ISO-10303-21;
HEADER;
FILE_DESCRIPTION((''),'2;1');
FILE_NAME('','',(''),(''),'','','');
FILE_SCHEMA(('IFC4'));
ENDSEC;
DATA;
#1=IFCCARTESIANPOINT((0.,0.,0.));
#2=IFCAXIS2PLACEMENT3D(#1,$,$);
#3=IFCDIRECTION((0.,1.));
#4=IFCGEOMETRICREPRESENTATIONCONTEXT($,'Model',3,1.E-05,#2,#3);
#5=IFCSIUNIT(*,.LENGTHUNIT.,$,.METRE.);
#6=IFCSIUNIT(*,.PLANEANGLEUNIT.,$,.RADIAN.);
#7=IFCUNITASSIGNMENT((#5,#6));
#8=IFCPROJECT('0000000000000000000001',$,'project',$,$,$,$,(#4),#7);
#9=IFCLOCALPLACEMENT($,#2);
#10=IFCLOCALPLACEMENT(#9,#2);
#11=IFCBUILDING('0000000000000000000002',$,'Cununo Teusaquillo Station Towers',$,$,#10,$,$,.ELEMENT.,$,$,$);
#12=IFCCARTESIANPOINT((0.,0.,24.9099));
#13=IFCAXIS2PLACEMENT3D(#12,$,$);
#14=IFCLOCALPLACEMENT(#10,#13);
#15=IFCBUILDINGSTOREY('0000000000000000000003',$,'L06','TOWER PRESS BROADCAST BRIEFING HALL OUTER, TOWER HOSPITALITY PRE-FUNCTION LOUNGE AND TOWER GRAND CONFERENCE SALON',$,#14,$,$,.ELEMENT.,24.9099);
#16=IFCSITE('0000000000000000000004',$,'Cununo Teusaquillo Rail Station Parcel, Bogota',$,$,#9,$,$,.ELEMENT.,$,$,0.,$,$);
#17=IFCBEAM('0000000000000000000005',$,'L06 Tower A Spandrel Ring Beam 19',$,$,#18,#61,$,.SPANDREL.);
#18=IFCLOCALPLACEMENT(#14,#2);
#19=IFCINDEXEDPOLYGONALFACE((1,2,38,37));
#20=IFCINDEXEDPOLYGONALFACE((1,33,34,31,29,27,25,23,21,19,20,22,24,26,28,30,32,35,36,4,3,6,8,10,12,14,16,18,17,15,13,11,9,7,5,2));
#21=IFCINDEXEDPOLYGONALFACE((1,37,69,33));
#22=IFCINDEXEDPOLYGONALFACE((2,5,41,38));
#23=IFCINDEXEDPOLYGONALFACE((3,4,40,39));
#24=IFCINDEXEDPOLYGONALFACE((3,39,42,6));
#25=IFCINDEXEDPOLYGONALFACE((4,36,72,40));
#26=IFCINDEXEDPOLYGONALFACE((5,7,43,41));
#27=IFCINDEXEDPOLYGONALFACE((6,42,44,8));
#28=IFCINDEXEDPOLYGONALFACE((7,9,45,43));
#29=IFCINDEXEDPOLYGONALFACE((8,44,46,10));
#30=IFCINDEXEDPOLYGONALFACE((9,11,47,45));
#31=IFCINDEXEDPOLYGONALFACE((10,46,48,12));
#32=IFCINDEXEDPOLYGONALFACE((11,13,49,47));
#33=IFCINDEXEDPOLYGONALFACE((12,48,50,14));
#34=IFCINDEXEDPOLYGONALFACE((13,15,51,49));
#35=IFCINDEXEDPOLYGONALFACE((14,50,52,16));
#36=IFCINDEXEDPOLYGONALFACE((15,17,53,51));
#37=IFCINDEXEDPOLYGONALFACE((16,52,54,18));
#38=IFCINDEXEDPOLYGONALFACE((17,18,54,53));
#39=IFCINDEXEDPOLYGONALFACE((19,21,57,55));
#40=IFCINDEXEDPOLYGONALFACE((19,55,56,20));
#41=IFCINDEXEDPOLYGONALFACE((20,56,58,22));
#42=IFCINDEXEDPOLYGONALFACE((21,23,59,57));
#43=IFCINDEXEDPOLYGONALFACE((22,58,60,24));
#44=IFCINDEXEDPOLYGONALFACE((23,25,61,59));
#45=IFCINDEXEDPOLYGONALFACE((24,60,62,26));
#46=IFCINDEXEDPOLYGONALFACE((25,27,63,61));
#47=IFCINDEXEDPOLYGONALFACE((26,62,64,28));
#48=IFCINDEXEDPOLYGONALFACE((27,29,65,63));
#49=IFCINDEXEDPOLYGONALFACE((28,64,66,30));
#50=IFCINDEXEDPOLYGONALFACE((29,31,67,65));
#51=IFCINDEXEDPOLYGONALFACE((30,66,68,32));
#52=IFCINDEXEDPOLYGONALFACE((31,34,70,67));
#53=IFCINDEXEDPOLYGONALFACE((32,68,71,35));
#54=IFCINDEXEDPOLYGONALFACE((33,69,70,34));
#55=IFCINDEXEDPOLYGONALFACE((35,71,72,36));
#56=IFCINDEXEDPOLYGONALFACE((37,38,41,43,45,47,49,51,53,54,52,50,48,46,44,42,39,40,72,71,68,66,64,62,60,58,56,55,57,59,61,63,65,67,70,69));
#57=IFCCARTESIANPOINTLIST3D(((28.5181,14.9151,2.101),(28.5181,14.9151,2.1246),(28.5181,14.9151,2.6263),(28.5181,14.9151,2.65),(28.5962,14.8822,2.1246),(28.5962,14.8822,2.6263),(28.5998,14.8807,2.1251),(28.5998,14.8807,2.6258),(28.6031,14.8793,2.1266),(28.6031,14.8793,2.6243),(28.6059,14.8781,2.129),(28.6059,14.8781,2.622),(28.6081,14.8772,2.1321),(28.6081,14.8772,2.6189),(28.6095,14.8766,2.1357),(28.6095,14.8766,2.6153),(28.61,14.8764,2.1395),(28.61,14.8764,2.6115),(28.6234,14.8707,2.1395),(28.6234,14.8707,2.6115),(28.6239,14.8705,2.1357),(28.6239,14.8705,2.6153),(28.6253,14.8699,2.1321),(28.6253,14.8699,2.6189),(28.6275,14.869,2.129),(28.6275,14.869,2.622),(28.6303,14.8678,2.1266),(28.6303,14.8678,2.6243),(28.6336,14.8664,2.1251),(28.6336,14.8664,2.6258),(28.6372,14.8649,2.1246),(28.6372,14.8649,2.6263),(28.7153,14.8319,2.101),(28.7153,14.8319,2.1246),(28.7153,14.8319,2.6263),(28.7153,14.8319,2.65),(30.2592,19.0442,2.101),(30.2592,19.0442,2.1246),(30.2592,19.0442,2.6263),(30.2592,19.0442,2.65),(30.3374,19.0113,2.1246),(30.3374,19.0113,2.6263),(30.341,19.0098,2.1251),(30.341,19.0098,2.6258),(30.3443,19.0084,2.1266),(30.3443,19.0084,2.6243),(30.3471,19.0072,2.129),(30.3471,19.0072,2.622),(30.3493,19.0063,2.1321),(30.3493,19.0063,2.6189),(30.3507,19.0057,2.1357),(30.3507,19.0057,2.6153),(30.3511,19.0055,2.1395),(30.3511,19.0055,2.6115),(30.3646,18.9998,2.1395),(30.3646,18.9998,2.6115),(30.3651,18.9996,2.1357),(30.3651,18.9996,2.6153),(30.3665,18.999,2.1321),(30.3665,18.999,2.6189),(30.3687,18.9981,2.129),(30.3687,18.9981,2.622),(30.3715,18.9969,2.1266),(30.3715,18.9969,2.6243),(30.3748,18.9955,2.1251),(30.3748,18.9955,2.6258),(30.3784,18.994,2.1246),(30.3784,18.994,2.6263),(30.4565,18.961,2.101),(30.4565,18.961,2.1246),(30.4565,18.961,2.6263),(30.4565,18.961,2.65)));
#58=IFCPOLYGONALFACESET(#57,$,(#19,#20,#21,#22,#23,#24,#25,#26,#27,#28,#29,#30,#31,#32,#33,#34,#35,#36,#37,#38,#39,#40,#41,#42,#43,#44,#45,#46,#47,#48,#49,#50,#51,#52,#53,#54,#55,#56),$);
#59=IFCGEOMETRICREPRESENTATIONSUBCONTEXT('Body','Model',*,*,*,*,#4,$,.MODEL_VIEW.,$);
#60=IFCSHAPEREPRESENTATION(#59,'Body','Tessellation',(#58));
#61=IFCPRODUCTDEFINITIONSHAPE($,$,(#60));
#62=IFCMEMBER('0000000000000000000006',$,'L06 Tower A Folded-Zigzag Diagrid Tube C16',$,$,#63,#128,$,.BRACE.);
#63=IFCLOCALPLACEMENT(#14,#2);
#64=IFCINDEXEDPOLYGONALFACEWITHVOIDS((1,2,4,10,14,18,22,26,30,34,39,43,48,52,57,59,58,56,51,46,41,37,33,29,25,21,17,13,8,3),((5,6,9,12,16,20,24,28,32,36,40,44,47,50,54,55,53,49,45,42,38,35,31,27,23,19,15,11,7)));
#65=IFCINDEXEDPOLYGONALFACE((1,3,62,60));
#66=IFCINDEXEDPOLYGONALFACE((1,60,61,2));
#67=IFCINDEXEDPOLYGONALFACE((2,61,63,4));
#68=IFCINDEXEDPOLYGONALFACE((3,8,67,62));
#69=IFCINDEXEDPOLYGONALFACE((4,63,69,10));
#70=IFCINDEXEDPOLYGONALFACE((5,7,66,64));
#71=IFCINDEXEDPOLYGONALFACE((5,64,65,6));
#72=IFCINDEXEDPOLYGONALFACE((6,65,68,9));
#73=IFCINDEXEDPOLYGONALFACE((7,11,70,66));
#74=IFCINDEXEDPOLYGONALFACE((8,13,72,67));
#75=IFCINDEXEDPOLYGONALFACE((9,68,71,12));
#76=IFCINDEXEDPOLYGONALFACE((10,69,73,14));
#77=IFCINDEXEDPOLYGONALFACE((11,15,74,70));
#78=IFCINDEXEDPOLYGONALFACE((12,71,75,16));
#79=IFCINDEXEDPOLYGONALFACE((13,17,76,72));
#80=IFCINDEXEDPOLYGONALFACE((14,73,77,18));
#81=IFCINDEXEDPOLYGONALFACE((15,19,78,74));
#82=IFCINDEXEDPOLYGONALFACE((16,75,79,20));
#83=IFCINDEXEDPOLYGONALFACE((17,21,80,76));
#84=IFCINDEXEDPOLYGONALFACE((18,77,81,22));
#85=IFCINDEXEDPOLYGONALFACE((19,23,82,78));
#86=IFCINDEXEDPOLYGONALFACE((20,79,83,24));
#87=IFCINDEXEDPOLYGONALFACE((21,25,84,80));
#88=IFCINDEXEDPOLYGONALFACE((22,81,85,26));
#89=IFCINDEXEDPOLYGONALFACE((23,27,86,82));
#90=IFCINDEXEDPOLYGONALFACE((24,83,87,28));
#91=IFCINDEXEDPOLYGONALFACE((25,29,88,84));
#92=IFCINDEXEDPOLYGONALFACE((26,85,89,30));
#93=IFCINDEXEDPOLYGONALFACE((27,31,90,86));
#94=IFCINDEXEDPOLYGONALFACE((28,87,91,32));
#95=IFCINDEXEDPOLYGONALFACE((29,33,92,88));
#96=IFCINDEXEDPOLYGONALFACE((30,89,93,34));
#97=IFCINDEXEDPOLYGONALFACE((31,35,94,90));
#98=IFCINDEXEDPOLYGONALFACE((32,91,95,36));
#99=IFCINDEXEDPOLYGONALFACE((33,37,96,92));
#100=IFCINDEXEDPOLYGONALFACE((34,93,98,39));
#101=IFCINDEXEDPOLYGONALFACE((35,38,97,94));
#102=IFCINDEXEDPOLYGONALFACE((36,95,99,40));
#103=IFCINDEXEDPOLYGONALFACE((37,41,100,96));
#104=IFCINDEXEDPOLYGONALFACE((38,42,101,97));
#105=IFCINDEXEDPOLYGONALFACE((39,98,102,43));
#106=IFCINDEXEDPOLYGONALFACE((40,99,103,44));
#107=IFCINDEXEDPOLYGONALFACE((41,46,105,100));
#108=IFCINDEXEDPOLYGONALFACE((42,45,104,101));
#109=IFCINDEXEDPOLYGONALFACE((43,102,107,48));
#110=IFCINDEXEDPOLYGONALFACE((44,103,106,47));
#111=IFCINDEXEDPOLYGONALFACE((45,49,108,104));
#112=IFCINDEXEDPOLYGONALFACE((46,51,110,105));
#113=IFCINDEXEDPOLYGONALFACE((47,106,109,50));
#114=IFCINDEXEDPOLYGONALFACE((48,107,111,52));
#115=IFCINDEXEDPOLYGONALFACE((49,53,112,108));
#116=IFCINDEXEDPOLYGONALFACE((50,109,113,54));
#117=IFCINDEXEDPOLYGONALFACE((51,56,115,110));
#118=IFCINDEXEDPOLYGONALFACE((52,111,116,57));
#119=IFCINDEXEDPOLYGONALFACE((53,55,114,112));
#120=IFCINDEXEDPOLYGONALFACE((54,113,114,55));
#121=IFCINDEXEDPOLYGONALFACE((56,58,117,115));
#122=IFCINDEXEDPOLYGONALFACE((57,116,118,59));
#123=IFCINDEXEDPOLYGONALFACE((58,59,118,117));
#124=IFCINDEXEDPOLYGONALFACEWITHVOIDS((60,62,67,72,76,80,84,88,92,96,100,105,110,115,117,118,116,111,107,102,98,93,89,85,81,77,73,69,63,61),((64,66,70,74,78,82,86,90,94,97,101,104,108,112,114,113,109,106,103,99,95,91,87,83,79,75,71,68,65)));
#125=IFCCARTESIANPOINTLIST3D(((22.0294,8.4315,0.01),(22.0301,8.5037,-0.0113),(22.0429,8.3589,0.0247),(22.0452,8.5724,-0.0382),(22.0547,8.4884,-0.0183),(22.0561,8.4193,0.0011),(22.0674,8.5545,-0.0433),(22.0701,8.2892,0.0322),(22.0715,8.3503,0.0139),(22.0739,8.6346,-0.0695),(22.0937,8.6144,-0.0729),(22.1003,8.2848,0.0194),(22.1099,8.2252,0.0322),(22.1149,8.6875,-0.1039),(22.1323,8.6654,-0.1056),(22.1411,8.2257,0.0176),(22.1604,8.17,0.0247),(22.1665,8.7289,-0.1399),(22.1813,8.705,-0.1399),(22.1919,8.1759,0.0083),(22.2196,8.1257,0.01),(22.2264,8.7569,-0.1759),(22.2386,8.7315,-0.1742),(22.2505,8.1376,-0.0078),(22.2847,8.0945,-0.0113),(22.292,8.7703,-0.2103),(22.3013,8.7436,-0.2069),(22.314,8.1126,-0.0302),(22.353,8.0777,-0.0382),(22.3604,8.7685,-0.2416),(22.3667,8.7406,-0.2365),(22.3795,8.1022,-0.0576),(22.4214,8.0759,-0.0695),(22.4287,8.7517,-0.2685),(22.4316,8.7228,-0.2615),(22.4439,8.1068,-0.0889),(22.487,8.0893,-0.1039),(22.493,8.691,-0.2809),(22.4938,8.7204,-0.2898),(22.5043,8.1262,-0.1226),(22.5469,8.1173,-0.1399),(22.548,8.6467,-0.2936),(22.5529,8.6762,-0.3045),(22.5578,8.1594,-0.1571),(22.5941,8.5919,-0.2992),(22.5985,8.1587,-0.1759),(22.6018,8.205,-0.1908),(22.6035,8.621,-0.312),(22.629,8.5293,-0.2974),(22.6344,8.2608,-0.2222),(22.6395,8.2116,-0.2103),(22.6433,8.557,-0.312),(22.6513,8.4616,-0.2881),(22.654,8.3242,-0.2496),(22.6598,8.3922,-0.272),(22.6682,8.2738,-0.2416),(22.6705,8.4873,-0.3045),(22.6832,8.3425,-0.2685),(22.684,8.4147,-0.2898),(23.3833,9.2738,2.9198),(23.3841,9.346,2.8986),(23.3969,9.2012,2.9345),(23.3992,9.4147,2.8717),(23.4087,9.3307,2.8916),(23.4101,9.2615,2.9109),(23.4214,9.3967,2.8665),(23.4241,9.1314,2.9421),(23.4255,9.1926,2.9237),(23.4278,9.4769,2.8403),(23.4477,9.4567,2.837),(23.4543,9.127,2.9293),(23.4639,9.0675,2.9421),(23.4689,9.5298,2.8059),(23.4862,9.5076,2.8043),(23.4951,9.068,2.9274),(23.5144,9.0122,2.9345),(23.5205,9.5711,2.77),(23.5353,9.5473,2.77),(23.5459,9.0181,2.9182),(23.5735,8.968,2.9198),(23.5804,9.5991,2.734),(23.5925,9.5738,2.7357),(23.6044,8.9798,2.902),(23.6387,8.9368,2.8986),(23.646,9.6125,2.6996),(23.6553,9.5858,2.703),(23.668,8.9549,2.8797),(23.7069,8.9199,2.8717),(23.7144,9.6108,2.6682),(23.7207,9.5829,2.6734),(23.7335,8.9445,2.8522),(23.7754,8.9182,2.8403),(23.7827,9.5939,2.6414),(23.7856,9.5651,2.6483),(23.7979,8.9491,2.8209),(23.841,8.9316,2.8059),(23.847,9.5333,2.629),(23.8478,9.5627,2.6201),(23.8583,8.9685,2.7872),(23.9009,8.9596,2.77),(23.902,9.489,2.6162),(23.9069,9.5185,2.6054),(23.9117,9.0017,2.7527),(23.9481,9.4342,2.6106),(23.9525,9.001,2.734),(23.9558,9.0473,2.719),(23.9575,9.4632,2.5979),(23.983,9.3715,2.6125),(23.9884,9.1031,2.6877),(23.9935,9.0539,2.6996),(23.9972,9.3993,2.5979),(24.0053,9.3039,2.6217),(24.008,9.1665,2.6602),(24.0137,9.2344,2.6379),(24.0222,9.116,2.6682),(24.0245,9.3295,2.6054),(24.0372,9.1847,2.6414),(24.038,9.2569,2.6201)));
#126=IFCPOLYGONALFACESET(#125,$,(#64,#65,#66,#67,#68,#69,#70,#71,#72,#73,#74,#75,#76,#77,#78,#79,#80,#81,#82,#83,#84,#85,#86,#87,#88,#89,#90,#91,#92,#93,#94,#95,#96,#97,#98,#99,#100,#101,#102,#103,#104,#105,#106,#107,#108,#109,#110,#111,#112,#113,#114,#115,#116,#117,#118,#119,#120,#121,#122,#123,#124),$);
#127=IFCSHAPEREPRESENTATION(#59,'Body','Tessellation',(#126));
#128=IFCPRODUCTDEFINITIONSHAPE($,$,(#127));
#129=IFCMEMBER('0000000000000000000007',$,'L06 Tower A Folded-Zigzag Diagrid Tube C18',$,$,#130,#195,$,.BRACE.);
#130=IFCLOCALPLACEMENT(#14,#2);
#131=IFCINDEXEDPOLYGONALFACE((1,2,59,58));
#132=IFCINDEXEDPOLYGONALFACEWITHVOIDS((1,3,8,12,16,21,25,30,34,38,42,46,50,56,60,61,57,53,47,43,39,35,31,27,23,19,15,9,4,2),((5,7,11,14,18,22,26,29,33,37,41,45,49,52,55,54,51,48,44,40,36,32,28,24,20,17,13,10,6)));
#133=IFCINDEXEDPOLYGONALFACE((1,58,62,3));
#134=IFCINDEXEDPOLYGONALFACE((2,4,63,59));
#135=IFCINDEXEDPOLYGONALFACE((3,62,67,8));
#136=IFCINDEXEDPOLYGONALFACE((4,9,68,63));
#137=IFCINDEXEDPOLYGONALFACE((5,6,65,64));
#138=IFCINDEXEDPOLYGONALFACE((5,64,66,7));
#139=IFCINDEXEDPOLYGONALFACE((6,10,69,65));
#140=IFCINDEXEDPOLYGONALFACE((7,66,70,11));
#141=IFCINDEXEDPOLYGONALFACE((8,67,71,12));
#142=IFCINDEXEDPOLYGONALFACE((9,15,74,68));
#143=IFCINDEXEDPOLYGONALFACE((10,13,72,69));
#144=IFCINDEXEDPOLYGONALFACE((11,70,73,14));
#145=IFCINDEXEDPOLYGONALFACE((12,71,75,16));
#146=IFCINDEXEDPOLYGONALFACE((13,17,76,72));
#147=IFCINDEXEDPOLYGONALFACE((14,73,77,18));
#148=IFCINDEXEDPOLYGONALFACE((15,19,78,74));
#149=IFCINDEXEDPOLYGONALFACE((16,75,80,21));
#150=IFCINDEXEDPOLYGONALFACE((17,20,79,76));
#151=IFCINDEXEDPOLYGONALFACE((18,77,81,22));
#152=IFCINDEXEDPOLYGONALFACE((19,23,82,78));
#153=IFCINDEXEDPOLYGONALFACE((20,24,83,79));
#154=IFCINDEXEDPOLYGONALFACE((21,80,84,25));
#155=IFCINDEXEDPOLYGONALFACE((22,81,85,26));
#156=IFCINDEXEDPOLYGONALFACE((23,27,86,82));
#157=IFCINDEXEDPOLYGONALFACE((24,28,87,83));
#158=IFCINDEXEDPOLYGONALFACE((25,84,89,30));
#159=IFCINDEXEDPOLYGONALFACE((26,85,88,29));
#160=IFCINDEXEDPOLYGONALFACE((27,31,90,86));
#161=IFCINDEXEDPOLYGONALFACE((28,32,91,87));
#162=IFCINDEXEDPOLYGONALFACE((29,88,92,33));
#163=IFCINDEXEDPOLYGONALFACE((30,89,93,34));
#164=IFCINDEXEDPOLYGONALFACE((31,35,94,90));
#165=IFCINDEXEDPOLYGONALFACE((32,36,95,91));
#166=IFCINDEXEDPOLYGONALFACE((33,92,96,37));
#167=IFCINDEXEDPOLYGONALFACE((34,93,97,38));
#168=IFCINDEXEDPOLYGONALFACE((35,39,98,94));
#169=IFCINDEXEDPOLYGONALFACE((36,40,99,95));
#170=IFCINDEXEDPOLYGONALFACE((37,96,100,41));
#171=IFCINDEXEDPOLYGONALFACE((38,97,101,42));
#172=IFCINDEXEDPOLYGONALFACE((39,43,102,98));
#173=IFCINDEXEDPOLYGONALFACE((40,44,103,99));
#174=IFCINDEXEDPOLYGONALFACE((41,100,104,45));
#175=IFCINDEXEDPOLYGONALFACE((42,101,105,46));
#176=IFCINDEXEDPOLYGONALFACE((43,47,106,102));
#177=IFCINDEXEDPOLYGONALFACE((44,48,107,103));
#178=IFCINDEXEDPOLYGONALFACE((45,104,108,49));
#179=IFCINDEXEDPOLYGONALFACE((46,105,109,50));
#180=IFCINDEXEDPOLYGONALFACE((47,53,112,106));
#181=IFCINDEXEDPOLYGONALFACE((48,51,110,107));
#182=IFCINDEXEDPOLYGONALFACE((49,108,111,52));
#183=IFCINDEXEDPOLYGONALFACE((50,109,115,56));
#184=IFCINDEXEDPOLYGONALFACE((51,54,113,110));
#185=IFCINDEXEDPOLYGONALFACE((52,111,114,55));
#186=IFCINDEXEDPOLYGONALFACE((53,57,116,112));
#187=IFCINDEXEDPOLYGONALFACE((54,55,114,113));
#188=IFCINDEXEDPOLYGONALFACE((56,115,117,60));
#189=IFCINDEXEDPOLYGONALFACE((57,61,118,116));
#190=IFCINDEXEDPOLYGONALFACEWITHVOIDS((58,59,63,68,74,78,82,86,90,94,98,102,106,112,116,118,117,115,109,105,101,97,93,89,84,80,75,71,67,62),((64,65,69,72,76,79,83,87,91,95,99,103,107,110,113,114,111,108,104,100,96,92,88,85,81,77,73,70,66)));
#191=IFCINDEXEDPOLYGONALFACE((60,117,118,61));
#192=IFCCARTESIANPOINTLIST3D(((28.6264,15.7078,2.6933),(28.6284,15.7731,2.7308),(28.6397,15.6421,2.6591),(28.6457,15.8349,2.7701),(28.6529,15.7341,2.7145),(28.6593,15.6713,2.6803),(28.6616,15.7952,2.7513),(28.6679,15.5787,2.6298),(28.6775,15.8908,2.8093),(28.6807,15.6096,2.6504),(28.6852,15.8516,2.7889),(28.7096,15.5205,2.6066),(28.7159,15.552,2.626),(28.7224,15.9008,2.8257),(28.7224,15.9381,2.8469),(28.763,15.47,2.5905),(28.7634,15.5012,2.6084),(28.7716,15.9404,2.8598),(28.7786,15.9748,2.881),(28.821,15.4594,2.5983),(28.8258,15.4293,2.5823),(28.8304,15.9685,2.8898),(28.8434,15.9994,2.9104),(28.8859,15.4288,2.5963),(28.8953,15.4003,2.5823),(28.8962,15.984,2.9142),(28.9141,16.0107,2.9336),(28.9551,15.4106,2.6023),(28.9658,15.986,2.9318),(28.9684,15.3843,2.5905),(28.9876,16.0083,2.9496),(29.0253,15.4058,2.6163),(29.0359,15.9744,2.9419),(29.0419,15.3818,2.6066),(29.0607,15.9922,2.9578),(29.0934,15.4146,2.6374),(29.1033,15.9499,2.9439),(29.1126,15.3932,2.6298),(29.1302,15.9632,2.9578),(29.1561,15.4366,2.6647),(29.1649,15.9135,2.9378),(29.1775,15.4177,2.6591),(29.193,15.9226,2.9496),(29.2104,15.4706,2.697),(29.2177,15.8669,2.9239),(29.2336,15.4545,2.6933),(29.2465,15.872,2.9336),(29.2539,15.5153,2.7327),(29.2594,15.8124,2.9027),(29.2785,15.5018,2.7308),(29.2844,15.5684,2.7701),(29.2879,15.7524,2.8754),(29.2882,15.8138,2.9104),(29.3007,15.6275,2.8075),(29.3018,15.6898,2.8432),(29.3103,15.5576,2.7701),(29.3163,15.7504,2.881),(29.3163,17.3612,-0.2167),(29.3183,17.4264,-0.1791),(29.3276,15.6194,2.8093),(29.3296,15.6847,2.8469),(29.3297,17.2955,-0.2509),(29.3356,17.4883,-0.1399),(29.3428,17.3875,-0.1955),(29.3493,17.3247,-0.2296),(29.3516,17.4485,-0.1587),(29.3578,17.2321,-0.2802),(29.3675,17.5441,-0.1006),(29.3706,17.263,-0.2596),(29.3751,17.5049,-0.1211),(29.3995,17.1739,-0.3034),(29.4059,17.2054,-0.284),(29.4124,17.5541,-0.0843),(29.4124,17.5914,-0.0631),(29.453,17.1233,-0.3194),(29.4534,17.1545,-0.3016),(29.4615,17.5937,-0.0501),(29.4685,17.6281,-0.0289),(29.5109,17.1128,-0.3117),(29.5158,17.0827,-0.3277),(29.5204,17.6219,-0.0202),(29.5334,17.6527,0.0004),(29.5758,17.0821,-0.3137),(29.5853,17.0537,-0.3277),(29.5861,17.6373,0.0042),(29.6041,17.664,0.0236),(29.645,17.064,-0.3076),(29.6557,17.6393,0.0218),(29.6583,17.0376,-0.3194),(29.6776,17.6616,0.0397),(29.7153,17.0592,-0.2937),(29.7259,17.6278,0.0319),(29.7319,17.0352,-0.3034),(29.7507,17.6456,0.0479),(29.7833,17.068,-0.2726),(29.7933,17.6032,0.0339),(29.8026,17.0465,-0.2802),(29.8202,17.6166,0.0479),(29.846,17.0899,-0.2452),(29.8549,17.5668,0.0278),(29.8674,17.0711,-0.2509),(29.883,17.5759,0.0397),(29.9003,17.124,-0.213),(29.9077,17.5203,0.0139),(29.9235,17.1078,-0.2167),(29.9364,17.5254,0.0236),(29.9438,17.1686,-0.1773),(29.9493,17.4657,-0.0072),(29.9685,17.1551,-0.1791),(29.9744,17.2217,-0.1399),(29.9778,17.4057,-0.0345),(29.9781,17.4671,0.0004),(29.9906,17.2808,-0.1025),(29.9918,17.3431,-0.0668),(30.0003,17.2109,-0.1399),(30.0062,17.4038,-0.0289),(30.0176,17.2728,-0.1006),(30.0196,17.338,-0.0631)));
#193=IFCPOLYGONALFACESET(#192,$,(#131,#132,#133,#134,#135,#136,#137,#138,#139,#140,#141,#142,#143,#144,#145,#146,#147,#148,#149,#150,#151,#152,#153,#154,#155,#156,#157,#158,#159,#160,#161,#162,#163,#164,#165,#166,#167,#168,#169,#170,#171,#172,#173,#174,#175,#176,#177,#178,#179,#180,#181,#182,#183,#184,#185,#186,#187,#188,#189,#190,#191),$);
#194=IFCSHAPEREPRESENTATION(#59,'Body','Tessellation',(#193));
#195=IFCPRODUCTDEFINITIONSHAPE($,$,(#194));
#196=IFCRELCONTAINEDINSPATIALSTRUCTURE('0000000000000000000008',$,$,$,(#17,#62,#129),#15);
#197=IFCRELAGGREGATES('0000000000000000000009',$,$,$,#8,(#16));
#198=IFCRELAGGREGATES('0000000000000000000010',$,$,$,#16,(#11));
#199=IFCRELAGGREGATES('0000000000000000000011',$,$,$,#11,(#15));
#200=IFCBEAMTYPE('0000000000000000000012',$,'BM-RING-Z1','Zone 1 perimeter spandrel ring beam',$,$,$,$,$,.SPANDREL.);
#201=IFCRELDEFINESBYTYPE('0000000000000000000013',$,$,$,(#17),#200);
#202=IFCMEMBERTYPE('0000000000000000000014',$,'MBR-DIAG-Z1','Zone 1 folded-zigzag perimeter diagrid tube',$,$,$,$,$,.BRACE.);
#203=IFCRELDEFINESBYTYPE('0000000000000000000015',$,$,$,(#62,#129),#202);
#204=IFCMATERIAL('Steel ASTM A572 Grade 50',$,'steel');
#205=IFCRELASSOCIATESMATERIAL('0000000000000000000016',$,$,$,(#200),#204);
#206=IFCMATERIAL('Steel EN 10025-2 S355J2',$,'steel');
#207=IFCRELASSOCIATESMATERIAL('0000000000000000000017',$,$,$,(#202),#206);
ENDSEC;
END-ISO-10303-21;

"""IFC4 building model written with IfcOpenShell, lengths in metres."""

from ifc_helpers import new_model, si_unit, direction, frame, origin, origin_2d, place, context, subcontext, project, spatial, hollow_circle, i_section, extrude, material, material_profile, profile_set, type_object, element, save


model = new_model("IFC4")

# Units and contexts
model_context = context("Model", 3, precision=1e-05, world=origin(), true_north=direction((0.0, 1.0)))
body_context = subcontext(model_context, "Body", "Model", "MODEL_VIEW")
ifc_project = project(units=[si_unit("LENGTHUNIT", "METRE"), si_unit("PLANEANGLEUNIT", "RADIAN")], contexts=[model_context])

# Site, building, storey
site_placement = place(None, origin())
site = spatial("IfcSite", under=ifc_project, at=site_placement, Name="Cununo Teusaquillo Rail Station Parcel, Bogota", CompositionType="ELEMENT", RefElevation=0.0)
building_placement = place(site_placement, origin())
building = spatial("IfcBuilding", under=site, at=building_placement, Name="Cununo Teusaquillo Station Towers", CompositionType="ELEMENT")
storey_placement = place(building_placement, frame((0.0, 0.0, 24.9099)))
storey = spatial("IfcBuildingStorey", under=building, at=storey_placement, Name="L06", Description="TOWER PRESS BROADCAST BRIEFING HALL OUTER, TOWER HOSPITALITY PRE-FUNCTION LOUNGE AND TOWER GRAND CONFERENCE SALON", CompositionType="ELEMENT", Elevation=24.9099)

# Beam
ifc_material_1 = material(Name="Steel ASTM A572 Grade 50", Category="steel")
ifc_material_profile_1 = material_profile(ifc_material_1, i_section(OverallWidth=0.2141, OverallDepth=0.5491, WebThickness=0.0146, FlangeThickness=0.0237, FilletRadius=0.0149, at=origin_2d()), Name="W21X93")
ifc_profile_set_1 = profile_set([ifc_material_profile_1], Name="Steel ASTM A572 Grade 50")
beam_type = type_object("IfcBeamType", Name="BM-RING-Z1", Description="Zone 1 perimeter spandrel ring beam", PredefinedType="SPANDREL", material=ifc_profile_set_1)
beam_1_placement = place(storey_placement, frame((28.6167, 14.8735, 2.3755), z_axis=(0.388554, 0.921426, 0.0), x_axis=(-0.921426, 0.388554, 0.0)))
element("IfcBeam", 1, at=beam_1_placement, inside=storey, type_object=beam_type, Name="L06 Tower A Spandrel Ring Beam 19", PredefinedType="SPANDREL", context=body_context, shape_type="SweptSolid", body=[
    extrude(i_section(OverallWidth=0.2141, OverallDepth=0.5491, WebThickness=0.0146, FlangeThickness=0.0237, FilletRadius=0.0149, at=origin_2d()), origin(), (0.0, 0.0, 1.0), 4.4812),
])

# Members
ifc_material_2 = material(Name="Steel EN 10025-2 S355J2", Category="steel")
ifc_material_profile_2 = material_profile(ifc_material_2, hollow_circle(Radius=0.3601, WallThickness=0.0281, at=origin_2d()), Name="CHS 720x28")
ifc_profile_set_2 = profile_set([ifc_material_profile_2], Name="Steel EN 10025-2 S355J2")
member_type = type_object("IfcMemberType", Name="MBR-DIAG-Z1", Description="Zone 1 folded-zigzag perimeter diagrid tube", PredefinedType="BRACE", material=ifc_profile_set_2)
member_1_placement = place(storey_placement, frame((22.3567, 8.4231, -0.1399), z_axis=(0.408055, 0.253839, 0.876959), x_axis=(-0.528209, 0.849115, 0.0)))
element("IfcMember", 2, at=member_1_placement, inside=storey, type_object=member_type, Name="L06 Tower A Folded-Zigzag Diagrid Tube C16", PredefinedType="BRACE", context=body_context, shape_type="SweptSolid", body=[
    extrude(hollow_circle(Radius=0.3601, WallThickness=0.0281, at=origin_2d()), origin(), (0.0, 0.0, 1.0), 3.3181),
])
member_2_placement = place(storey_placement, frame((29.668, 17.3496, -0.1399), z_axis=(-0.201904, -0.483827, 0.851555), x_axis=(0.922867, -0.385119, 0.0)))
element("IfcMember", 3, at=member_2_placement, inside=storey, type_object=member_type, Name="L06 Tower A Folded-Zigzag Diagrid Tube C18", PredefinedType="BRACE", context=body_context, shape_type="SweptSolid", body=[
    extrude(hollow_circle(Radius=0.3601, WallThickness=0.0281, at=origin_2d()), origin(), (0.0, 0.0, 1.0), 3.4172),
])

save(model, "model.ifc")
